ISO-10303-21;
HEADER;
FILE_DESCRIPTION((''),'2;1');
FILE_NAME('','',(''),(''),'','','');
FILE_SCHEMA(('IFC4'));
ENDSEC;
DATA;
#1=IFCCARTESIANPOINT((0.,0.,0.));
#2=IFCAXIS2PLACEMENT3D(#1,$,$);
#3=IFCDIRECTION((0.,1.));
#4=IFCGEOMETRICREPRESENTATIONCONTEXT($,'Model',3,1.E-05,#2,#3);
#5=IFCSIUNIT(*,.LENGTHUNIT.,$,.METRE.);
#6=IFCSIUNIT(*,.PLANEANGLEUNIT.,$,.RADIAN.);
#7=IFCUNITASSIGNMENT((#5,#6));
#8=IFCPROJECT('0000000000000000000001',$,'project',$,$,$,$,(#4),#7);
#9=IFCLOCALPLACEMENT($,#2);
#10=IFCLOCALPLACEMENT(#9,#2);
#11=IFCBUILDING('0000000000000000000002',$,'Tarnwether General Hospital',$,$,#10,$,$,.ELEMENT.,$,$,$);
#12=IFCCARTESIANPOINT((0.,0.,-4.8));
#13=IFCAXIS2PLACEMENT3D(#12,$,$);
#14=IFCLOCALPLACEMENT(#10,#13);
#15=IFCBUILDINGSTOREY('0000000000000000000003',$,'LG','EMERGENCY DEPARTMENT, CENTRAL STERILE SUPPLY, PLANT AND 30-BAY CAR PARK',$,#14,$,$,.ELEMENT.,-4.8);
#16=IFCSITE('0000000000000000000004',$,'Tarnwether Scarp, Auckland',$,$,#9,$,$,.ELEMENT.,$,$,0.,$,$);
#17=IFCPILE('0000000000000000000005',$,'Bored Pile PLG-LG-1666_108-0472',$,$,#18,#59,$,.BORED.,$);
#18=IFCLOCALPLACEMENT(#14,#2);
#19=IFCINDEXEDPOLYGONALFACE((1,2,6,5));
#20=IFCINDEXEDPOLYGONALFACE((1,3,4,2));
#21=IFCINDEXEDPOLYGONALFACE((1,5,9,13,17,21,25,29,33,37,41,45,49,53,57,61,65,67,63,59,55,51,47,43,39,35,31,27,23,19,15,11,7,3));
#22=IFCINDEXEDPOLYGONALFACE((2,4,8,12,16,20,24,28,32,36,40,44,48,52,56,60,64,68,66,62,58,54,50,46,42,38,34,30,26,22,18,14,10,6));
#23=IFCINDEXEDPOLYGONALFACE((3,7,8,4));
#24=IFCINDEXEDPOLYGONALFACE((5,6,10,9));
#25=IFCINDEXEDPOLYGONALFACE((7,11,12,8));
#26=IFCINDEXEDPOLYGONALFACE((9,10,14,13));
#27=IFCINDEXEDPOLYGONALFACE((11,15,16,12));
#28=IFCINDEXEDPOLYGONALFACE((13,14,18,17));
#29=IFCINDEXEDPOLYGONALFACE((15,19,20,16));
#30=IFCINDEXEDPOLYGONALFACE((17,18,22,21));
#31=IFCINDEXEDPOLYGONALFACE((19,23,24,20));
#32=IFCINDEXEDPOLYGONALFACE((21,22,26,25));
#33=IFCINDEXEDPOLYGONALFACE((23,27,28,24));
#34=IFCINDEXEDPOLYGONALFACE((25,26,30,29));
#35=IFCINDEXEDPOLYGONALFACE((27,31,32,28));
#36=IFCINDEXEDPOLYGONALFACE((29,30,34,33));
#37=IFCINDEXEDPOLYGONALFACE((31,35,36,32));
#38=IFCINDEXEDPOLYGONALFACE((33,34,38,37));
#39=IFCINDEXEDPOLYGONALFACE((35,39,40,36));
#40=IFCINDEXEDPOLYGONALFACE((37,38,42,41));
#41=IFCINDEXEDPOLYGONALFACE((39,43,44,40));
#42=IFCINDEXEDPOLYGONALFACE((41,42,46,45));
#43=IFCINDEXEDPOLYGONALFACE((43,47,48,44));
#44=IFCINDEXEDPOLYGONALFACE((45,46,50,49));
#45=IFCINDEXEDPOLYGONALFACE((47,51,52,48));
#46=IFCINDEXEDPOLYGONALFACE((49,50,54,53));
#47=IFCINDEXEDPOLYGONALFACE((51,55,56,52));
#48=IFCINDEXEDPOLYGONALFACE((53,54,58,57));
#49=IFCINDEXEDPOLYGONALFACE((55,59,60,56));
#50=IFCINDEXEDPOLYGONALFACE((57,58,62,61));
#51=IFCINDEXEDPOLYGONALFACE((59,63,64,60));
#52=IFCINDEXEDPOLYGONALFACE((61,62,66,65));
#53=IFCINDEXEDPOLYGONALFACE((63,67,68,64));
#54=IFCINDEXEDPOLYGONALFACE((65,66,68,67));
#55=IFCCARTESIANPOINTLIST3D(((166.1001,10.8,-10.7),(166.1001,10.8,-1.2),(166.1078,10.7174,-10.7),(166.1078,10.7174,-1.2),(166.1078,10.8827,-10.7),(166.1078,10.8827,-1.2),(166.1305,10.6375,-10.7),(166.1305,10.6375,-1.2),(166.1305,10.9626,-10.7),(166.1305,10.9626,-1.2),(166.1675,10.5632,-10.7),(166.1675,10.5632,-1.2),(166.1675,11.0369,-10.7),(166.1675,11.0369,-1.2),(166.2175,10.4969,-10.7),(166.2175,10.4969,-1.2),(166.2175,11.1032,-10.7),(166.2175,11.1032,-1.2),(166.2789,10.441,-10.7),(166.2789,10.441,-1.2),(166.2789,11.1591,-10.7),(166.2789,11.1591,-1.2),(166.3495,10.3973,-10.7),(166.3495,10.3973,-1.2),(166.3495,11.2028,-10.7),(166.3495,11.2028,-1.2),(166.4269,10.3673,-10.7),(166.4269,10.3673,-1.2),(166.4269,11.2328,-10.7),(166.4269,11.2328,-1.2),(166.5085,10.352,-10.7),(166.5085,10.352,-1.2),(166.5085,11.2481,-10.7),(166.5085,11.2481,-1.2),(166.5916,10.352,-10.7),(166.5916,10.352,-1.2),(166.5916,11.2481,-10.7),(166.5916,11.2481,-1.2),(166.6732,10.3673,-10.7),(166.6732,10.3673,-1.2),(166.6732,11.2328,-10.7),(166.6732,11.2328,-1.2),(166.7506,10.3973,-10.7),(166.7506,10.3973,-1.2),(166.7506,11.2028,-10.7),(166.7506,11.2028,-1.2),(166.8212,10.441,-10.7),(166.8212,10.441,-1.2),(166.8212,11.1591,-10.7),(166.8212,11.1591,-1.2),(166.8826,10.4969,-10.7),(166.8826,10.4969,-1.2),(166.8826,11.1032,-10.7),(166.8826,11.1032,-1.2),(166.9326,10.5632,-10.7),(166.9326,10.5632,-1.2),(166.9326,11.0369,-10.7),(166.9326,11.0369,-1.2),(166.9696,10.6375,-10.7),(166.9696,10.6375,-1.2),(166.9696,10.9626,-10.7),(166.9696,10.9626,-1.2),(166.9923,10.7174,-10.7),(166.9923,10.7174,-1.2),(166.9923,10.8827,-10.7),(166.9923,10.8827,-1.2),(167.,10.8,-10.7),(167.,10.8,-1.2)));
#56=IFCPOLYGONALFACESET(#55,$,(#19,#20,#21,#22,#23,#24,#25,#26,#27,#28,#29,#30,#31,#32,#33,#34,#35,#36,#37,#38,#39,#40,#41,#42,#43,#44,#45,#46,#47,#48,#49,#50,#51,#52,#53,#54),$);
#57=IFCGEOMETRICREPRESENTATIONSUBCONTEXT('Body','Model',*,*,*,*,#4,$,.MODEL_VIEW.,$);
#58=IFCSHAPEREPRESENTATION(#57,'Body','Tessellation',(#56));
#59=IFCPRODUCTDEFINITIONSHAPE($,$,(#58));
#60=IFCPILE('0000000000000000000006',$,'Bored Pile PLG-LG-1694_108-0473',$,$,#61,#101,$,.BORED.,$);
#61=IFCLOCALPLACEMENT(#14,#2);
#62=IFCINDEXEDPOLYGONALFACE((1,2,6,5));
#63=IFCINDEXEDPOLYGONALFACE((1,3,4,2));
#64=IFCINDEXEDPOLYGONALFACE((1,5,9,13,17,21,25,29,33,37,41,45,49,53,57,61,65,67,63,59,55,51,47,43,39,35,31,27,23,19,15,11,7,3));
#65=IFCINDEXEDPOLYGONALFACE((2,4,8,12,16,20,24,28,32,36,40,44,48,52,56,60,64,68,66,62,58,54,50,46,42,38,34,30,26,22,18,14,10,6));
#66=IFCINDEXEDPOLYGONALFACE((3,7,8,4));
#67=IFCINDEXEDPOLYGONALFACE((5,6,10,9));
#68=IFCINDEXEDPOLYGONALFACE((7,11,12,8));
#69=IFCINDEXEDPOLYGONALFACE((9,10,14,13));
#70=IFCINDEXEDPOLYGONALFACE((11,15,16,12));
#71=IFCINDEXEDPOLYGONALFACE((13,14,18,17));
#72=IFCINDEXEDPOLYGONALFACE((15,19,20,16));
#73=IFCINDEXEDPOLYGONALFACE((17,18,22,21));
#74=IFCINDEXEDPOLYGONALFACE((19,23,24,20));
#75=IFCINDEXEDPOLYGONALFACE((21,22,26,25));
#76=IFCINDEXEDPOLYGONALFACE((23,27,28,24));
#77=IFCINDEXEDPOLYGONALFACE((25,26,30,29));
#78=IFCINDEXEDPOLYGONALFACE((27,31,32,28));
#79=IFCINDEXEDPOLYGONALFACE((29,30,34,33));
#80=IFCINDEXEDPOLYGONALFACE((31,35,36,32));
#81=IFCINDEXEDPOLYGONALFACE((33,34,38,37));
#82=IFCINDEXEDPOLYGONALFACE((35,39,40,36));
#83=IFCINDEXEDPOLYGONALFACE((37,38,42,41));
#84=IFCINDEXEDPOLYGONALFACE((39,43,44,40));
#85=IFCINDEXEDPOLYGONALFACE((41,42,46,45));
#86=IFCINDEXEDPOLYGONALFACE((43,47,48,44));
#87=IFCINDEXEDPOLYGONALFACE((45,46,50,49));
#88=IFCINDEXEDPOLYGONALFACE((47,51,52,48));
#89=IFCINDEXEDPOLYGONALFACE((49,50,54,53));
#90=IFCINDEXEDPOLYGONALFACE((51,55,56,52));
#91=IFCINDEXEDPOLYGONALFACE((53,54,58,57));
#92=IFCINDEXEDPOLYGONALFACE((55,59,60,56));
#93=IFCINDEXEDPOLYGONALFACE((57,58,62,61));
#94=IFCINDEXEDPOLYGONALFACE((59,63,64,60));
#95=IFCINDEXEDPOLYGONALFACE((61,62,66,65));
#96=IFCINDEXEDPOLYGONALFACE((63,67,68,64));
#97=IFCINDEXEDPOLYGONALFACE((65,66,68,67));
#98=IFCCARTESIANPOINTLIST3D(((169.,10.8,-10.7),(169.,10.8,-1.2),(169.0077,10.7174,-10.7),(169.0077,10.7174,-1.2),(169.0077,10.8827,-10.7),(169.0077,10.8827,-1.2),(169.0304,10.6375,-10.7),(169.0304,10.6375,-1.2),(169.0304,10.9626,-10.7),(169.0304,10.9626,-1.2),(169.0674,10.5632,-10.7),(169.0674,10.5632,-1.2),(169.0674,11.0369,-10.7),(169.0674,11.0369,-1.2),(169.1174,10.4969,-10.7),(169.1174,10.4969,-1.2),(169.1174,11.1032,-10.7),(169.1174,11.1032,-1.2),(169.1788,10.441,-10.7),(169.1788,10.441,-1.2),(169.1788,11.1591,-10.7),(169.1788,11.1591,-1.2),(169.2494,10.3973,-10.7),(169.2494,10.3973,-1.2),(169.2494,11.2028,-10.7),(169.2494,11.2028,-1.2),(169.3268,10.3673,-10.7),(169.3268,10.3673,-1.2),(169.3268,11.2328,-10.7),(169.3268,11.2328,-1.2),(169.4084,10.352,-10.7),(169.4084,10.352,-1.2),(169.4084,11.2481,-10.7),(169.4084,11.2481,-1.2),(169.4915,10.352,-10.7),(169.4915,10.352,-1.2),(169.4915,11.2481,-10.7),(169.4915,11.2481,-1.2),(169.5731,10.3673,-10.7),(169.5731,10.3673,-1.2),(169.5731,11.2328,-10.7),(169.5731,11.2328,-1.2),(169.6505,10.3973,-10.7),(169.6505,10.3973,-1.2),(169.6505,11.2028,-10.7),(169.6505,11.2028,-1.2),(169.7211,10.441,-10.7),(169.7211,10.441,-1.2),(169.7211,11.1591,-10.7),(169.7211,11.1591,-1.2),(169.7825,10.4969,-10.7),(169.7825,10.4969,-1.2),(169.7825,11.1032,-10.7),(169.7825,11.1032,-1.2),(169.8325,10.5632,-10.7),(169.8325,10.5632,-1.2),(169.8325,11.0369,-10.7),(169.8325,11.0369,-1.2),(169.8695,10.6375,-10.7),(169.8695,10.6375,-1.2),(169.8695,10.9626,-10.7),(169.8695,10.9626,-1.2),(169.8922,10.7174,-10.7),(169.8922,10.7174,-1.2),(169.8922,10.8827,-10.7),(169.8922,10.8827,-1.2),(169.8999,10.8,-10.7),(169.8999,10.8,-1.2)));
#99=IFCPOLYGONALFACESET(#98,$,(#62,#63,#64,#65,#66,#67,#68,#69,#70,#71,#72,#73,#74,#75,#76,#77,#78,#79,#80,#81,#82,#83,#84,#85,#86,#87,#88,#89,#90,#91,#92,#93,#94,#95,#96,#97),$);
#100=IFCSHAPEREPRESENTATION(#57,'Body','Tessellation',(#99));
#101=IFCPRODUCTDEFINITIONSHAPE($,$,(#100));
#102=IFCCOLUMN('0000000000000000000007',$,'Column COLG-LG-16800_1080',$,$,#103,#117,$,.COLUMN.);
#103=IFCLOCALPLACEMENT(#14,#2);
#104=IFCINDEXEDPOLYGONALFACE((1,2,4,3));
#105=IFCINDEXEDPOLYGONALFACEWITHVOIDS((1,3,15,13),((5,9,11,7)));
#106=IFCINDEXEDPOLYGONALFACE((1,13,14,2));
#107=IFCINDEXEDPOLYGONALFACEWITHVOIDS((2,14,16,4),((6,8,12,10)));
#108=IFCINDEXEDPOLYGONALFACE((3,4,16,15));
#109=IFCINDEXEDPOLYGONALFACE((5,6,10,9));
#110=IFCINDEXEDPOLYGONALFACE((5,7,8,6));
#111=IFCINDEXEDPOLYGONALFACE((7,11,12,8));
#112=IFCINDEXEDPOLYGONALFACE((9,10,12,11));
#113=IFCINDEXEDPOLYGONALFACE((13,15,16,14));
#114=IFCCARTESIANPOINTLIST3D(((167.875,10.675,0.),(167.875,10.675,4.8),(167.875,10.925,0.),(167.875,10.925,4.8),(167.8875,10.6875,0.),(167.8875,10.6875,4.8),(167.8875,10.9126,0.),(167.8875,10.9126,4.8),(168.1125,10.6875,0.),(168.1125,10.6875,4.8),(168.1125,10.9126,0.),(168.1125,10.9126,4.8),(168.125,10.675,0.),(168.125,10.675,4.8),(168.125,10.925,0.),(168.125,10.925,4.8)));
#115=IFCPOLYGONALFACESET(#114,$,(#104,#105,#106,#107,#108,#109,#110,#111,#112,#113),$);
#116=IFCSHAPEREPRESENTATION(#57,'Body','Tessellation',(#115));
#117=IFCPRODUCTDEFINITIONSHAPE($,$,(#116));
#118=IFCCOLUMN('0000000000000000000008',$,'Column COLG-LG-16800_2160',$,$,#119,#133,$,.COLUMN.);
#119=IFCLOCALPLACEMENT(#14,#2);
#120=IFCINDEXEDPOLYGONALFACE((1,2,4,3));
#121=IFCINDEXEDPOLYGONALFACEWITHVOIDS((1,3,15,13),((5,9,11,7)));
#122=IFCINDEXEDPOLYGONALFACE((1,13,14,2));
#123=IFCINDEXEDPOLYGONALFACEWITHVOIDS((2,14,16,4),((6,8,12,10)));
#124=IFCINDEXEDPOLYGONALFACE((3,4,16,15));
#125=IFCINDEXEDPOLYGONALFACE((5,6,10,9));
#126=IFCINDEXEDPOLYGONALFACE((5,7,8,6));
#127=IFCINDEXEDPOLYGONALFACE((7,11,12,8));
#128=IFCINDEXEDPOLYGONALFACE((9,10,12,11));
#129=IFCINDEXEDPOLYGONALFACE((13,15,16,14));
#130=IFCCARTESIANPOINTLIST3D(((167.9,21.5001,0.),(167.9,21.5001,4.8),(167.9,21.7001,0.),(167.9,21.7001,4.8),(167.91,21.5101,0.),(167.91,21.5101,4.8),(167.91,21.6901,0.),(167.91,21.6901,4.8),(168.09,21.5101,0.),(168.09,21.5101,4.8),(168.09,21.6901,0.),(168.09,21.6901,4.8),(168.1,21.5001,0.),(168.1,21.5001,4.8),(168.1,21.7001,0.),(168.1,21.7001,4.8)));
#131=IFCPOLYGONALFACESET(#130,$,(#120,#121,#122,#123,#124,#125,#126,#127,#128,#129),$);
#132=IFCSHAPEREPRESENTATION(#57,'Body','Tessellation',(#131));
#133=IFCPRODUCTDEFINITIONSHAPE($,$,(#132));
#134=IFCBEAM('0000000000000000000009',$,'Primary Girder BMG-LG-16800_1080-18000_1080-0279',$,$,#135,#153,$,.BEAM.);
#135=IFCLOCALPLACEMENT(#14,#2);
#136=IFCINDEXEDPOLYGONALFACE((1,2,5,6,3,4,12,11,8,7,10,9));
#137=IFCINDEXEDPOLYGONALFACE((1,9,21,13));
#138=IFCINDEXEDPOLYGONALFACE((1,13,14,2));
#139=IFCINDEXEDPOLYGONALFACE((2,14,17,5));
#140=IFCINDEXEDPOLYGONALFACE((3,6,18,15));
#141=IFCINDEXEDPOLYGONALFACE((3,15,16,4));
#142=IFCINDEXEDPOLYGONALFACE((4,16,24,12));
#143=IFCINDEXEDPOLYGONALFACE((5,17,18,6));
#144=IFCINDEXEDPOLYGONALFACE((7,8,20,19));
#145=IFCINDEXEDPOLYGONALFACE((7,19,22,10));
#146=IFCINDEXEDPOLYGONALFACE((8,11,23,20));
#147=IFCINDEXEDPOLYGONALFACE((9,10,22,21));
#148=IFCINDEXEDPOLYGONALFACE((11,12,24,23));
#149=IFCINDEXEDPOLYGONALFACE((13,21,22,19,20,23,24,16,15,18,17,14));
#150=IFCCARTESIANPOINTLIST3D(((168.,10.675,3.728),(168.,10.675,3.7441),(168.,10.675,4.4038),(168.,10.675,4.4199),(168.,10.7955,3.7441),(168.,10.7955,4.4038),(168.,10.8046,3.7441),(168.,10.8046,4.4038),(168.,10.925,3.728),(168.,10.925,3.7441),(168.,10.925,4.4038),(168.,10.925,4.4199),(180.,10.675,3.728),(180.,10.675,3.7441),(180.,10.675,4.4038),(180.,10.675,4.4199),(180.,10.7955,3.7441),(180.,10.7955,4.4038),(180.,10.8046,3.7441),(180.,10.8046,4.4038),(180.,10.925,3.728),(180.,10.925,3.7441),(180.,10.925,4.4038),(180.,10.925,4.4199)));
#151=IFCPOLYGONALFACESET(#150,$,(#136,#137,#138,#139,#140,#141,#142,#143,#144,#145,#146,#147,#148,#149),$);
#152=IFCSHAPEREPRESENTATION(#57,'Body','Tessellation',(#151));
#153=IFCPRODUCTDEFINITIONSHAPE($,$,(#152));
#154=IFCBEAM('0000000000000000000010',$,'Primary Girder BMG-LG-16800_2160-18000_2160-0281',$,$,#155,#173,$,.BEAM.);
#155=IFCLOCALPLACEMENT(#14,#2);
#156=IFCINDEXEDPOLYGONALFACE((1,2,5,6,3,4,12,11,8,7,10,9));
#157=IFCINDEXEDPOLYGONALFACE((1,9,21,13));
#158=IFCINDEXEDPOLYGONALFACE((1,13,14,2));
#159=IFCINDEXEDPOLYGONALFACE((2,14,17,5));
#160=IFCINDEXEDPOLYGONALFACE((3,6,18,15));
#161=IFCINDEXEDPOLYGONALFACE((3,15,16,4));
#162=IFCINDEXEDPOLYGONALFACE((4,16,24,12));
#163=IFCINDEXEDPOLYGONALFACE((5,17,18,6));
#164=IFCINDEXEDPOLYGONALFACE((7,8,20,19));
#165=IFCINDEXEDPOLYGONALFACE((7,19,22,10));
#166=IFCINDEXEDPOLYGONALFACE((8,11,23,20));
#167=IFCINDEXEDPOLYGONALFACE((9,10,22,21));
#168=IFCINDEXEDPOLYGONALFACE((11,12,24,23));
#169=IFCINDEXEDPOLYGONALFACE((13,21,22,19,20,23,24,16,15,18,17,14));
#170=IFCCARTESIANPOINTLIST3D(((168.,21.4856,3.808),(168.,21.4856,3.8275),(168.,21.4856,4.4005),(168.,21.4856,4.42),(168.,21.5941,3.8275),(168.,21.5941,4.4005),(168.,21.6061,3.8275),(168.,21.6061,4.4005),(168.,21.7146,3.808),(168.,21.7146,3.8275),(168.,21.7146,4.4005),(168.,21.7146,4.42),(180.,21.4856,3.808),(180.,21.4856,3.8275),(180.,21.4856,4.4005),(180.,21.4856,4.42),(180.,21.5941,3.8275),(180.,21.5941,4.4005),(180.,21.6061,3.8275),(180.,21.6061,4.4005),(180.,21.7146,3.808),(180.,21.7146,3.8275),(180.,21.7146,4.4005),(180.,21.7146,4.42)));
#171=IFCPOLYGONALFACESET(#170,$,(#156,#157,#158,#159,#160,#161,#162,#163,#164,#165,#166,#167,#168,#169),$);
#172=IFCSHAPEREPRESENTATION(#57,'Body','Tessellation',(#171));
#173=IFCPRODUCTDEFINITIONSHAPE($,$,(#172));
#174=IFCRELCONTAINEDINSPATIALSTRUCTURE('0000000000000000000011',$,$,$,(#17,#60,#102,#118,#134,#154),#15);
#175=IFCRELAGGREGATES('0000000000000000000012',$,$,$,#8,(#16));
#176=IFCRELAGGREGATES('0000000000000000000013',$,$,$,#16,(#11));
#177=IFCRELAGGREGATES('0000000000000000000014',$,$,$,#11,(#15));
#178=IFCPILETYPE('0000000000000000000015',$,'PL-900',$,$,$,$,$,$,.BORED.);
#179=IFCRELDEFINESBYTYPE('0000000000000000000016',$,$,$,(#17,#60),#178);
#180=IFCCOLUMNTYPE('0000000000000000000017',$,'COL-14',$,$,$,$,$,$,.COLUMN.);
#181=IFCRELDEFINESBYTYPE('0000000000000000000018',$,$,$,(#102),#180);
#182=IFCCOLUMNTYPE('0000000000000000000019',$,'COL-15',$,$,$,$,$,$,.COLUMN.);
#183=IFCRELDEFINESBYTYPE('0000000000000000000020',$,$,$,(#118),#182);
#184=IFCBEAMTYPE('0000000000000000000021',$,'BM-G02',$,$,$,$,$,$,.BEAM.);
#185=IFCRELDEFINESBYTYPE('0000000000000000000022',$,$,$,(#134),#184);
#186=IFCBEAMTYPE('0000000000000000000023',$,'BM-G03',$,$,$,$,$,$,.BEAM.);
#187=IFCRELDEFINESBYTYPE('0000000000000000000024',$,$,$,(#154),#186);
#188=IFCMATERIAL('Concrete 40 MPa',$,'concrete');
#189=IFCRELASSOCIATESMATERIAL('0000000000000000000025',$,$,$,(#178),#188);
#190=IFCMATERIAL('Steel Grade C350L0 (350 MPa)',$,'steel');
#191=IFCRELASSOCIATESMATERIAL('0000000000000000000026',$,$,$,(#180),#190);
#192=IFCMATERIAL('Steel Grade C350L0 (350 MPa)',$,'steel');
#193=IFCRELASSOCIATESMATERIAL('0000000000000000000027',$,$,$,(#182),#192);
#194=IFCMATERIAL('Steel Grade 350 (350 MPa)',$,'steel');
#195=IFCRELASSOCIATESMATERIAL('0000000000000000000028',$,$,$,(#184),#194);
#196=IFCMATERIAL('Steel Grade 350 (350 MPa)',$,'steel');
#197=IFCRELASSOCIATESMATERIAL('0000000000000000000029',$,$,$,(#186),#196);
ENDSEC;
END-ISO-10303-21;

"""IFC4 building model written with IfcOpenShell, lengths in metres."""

from ifc_helpers import new_model, si_unit, direction, frame, origin, origin_2d, place, context, subcontext, project, spatial, hollow_rectangle, circle, i_section, extrude, material, material_profile, profile_set, type_object, element, save


model = new_model("IFC4")

# Units and contexts
model_context = context("Model", 3, precision=1e-05, world=origin(), true_north=direction((0.0, 1.0)))
body_context = subcontext(model_context, "Body", "Model", "MODEL_VIEW")
ifc_project = project(units=[si_unit("LENGTHUNIT", "METRE"), si_unit("PLANEANGLEUNIT", "RADIAN")], contexts=[model_context])

# Site, building, storey
site_placement = place(None, origin())
site = spatial("IfcSite", under=ifc_project, at=site_placement, Name="Tarnwether Scarp, Auckland", CompositionType="ELEMENT", RefElevation=0.0)
building_placement = place(site_placement, origin())
building = spatial("IfcBuilding", under=site, at=building_placement, Name="Tarnwether General Hospital", CompositionType="ELEMENT")
storey_placement = place(building_placement, frame((0.0, 0.0, -4.8)))
storey = spatial("IfcBuildingStorey", under=building, at=storey_placement, Name="LG", Description="EMERGENCY DEPARTMENT, CENTRAL STERILE SUPPLY, PLANT AND 30-BAY CAR PARK", CompositionType="ELEMENT", Elevation=-4.8)

# Piles
ifc_material_1 = material(Name="Concrete 40 MPa", Category="concrete")
ifc_material_profile_1 = material_profile(ifc_material_1, circle(Radius=0.45, at=origin_2d()), Name="PILE-D900")
ifc_profile_set_1 = profile_set([ifc_material_profile_1], Name="Concrete 40 MPa")
pile_type_1 = type_object("IfcPileType", Name="PL-900", PredefinedType="BORED", material=ifc_profile_set_1)
for number, where, z_axis, x_axis, name in (
    (1, (166.55, 10.8, -1.2), (0.0, 0.0, -1.0), (1.0, 0.0, 0.0), "Bored Pile PLG-LG-1666_108-0472"),
    (2, (169.45, 10.8, -1.2), (0.0, 0.0, -1.0), (1.0, 0.0, 0.0), "Bored Pile PLG-LG-1694_108-0473"),
):
    element("IfcPile", number, at=place(storey_placement, frame(where, z_axis=z_axis, x_axis=x_axis)), inside=storey, type_object=pile_type_1, Name=name, PredefinedType="BORED", context=body_context, shape_type="SweptSolid", body=[
        extrude(circle(Radius=0.45, at=origin_2d()), origin(), (0.0, 0.0, 1.0), 9.5),
    ])

# Columns
ifc_material_2 = material(Name="Steel Grade C350L0 (350 MPa)", Category="steel")
ifc_material_profile_2 = material_profile(ifc_material_2, hollow_rectangle(XDim=0.25, YDim=0.25, WallThickness=0.0125, at=origin_2d()), Name="SHS250x250x12.5")
ifc_profile_set_2 = profile_set([ifc_material_profile_2], Name="Steel Grade C350L0 (350 MPa)")
column_type_1 = type_object("IfcColumnType", Name="COL-14", PredefinedType="COLUMN", material=ifc_profile_set_2)
column_1_placement = place(storey_placement, frame((168.0, 10.8, 0.0), z_axis=(0.0, 0.0, 1.0), x_axis=(1.0, 0.0, 0.0)))
element("IfcColumn", 3, at=column_1_placement, inside=storey, type_object=column_type_1, Name="Column COLG-LG-16800_1080", PredefinedType="COLUMN", context=body_context, shape_type="SweptSolid", body=[
    extrude(hollow_rectangle(XDim=0.25, YDim=0.25, WallThickness=0.0125, at=origin_2d()), origin(), (0.0, 0.0, 1.0), 4.8),
])
ifc_material_3 = material(Name="Steel Grade C350L0 (350 MPa)", Category="steel")
ifc_material_profile_3 = material_profile(ifc_material_3, hollow_rectangle(XDim=0.2, YDim=0.2, WallThickness=0.01, at=origin_2d()), Name="SHS200x200x10")
ifc_profile_set_3 = profile_set([ifc_material_profile_3], Name="Steel Grade C350L0 (350 MPa)")
column_type_2 = type_object("IfcColumnType", Name="COL-15", PredefinedType="COLUMN", material=ifc_profile_set_3)
column_2_placement = place(storey_placement, frame((168.0, 21.6001, 0.0), z_axis=(0.0, 0.0, 1.0), x_axis=(1.0, 0.0, 0.0)))
element("IfcColumn", 4, at=column_2_placement, inside=storey, type_object=column_type_2, Name="Column COLG-LG-16800_2160", PredefinedType="COLUMN", context=body_context, shape_type="SweptSolid", body=[
    extrude(hollow_rectangle(XDim=0.2, YDim=0.2, WallThickness=0.01, at=origin_2d()), origin(), (0.0, 0.0, 1.0), 4.8),
])

# Beams
ifc_material_4 = material(Name="Steel Grade 350 (350 MPa)", Category="steel")
ifc_material_profile_4 = material_profile(ifc_material_4, i_section(OverallWidth=0.25, OverallDepth=0.6919, WebThickness=0.009, FlangeThickness=0.0161, at=origin_2d()), Name="700WB115")
ifc_profile_set_4 = profile_set([ifc_material_profile_4], Name="Steel Grade 350 (350 MPa)")
beam_type_1 = type_object("IfcBeamType", Name="BM-G02", PredefinedType="BEAM", material=ifc_profile_set_4)
beam_1_placement = place(storey_placement, frame((168.0, 10.8, 4.074), z_axis=(1.0, 0.0, 0.0), x_axis=(0.0, 1.0, 0.0)))
element("IfcBeam", 5, at=beam_1_placement, inside=storey, type_object=beam_type_1, Name="Primary Girder BMG-LG-16800_1080-18000_1080-0279", PredefinedType="BEAM", context=body_context, shape_type="SweptSolid", body=[
    extrude(i_section(OverallWidth=0.25, OverallDepth=0.6919, WebThickness=0.009, FlangeThickness=0.0161, at=origin_2d()), origin(), (0.0, 0.0, 1.0), 12.0),
])
ifc_material_5 = material(Name="Steel Grade 350 (350 MPa)", Category="steel")
ifc_material_profile_5 = material_profile(ifc_material_5, i_section(OverallWidth=0.229, OverallDepth=0.6121, WebThickness=0.012, FlangeThickness=0.0195, at=origin_2d()), Name="610UB125")
ifc_profile_set_5 = profile_set([ifc_material_profile_5], Name="Steel Grade 350 (350 MPa)")
beam_type_2 = type_object("IfcBeamType", Name="BM-G03", PredefinedType="BEAM", material=ifc_profile_set_5)
beam_2_placement = place(storey_placement, frame((168.0, 21.6001, 4.114), z_axis=(1.0, 0.0, 0.0), x_axis=(0.0, 1.0, 0.0)))
element("IfcBeam", 6, at=beam_2_placement, inside=storey, type_object=beam_type_2, Name="Primary Girder BMG-LG-16800_2160-18000_2160-0281", PredefinedType="BEAM", context=body_context, shape_type="SweptSolid", body=[
    extrude(i_section(OverallWidth=0.229, OverallDepth=0.6121, WebThickness=0.012, FlangeThickness=0.0195, at=origin_2d()), origin(), (0.0, 0.0, 1.0), 12.0),
])

save(model, "model.ifc")
